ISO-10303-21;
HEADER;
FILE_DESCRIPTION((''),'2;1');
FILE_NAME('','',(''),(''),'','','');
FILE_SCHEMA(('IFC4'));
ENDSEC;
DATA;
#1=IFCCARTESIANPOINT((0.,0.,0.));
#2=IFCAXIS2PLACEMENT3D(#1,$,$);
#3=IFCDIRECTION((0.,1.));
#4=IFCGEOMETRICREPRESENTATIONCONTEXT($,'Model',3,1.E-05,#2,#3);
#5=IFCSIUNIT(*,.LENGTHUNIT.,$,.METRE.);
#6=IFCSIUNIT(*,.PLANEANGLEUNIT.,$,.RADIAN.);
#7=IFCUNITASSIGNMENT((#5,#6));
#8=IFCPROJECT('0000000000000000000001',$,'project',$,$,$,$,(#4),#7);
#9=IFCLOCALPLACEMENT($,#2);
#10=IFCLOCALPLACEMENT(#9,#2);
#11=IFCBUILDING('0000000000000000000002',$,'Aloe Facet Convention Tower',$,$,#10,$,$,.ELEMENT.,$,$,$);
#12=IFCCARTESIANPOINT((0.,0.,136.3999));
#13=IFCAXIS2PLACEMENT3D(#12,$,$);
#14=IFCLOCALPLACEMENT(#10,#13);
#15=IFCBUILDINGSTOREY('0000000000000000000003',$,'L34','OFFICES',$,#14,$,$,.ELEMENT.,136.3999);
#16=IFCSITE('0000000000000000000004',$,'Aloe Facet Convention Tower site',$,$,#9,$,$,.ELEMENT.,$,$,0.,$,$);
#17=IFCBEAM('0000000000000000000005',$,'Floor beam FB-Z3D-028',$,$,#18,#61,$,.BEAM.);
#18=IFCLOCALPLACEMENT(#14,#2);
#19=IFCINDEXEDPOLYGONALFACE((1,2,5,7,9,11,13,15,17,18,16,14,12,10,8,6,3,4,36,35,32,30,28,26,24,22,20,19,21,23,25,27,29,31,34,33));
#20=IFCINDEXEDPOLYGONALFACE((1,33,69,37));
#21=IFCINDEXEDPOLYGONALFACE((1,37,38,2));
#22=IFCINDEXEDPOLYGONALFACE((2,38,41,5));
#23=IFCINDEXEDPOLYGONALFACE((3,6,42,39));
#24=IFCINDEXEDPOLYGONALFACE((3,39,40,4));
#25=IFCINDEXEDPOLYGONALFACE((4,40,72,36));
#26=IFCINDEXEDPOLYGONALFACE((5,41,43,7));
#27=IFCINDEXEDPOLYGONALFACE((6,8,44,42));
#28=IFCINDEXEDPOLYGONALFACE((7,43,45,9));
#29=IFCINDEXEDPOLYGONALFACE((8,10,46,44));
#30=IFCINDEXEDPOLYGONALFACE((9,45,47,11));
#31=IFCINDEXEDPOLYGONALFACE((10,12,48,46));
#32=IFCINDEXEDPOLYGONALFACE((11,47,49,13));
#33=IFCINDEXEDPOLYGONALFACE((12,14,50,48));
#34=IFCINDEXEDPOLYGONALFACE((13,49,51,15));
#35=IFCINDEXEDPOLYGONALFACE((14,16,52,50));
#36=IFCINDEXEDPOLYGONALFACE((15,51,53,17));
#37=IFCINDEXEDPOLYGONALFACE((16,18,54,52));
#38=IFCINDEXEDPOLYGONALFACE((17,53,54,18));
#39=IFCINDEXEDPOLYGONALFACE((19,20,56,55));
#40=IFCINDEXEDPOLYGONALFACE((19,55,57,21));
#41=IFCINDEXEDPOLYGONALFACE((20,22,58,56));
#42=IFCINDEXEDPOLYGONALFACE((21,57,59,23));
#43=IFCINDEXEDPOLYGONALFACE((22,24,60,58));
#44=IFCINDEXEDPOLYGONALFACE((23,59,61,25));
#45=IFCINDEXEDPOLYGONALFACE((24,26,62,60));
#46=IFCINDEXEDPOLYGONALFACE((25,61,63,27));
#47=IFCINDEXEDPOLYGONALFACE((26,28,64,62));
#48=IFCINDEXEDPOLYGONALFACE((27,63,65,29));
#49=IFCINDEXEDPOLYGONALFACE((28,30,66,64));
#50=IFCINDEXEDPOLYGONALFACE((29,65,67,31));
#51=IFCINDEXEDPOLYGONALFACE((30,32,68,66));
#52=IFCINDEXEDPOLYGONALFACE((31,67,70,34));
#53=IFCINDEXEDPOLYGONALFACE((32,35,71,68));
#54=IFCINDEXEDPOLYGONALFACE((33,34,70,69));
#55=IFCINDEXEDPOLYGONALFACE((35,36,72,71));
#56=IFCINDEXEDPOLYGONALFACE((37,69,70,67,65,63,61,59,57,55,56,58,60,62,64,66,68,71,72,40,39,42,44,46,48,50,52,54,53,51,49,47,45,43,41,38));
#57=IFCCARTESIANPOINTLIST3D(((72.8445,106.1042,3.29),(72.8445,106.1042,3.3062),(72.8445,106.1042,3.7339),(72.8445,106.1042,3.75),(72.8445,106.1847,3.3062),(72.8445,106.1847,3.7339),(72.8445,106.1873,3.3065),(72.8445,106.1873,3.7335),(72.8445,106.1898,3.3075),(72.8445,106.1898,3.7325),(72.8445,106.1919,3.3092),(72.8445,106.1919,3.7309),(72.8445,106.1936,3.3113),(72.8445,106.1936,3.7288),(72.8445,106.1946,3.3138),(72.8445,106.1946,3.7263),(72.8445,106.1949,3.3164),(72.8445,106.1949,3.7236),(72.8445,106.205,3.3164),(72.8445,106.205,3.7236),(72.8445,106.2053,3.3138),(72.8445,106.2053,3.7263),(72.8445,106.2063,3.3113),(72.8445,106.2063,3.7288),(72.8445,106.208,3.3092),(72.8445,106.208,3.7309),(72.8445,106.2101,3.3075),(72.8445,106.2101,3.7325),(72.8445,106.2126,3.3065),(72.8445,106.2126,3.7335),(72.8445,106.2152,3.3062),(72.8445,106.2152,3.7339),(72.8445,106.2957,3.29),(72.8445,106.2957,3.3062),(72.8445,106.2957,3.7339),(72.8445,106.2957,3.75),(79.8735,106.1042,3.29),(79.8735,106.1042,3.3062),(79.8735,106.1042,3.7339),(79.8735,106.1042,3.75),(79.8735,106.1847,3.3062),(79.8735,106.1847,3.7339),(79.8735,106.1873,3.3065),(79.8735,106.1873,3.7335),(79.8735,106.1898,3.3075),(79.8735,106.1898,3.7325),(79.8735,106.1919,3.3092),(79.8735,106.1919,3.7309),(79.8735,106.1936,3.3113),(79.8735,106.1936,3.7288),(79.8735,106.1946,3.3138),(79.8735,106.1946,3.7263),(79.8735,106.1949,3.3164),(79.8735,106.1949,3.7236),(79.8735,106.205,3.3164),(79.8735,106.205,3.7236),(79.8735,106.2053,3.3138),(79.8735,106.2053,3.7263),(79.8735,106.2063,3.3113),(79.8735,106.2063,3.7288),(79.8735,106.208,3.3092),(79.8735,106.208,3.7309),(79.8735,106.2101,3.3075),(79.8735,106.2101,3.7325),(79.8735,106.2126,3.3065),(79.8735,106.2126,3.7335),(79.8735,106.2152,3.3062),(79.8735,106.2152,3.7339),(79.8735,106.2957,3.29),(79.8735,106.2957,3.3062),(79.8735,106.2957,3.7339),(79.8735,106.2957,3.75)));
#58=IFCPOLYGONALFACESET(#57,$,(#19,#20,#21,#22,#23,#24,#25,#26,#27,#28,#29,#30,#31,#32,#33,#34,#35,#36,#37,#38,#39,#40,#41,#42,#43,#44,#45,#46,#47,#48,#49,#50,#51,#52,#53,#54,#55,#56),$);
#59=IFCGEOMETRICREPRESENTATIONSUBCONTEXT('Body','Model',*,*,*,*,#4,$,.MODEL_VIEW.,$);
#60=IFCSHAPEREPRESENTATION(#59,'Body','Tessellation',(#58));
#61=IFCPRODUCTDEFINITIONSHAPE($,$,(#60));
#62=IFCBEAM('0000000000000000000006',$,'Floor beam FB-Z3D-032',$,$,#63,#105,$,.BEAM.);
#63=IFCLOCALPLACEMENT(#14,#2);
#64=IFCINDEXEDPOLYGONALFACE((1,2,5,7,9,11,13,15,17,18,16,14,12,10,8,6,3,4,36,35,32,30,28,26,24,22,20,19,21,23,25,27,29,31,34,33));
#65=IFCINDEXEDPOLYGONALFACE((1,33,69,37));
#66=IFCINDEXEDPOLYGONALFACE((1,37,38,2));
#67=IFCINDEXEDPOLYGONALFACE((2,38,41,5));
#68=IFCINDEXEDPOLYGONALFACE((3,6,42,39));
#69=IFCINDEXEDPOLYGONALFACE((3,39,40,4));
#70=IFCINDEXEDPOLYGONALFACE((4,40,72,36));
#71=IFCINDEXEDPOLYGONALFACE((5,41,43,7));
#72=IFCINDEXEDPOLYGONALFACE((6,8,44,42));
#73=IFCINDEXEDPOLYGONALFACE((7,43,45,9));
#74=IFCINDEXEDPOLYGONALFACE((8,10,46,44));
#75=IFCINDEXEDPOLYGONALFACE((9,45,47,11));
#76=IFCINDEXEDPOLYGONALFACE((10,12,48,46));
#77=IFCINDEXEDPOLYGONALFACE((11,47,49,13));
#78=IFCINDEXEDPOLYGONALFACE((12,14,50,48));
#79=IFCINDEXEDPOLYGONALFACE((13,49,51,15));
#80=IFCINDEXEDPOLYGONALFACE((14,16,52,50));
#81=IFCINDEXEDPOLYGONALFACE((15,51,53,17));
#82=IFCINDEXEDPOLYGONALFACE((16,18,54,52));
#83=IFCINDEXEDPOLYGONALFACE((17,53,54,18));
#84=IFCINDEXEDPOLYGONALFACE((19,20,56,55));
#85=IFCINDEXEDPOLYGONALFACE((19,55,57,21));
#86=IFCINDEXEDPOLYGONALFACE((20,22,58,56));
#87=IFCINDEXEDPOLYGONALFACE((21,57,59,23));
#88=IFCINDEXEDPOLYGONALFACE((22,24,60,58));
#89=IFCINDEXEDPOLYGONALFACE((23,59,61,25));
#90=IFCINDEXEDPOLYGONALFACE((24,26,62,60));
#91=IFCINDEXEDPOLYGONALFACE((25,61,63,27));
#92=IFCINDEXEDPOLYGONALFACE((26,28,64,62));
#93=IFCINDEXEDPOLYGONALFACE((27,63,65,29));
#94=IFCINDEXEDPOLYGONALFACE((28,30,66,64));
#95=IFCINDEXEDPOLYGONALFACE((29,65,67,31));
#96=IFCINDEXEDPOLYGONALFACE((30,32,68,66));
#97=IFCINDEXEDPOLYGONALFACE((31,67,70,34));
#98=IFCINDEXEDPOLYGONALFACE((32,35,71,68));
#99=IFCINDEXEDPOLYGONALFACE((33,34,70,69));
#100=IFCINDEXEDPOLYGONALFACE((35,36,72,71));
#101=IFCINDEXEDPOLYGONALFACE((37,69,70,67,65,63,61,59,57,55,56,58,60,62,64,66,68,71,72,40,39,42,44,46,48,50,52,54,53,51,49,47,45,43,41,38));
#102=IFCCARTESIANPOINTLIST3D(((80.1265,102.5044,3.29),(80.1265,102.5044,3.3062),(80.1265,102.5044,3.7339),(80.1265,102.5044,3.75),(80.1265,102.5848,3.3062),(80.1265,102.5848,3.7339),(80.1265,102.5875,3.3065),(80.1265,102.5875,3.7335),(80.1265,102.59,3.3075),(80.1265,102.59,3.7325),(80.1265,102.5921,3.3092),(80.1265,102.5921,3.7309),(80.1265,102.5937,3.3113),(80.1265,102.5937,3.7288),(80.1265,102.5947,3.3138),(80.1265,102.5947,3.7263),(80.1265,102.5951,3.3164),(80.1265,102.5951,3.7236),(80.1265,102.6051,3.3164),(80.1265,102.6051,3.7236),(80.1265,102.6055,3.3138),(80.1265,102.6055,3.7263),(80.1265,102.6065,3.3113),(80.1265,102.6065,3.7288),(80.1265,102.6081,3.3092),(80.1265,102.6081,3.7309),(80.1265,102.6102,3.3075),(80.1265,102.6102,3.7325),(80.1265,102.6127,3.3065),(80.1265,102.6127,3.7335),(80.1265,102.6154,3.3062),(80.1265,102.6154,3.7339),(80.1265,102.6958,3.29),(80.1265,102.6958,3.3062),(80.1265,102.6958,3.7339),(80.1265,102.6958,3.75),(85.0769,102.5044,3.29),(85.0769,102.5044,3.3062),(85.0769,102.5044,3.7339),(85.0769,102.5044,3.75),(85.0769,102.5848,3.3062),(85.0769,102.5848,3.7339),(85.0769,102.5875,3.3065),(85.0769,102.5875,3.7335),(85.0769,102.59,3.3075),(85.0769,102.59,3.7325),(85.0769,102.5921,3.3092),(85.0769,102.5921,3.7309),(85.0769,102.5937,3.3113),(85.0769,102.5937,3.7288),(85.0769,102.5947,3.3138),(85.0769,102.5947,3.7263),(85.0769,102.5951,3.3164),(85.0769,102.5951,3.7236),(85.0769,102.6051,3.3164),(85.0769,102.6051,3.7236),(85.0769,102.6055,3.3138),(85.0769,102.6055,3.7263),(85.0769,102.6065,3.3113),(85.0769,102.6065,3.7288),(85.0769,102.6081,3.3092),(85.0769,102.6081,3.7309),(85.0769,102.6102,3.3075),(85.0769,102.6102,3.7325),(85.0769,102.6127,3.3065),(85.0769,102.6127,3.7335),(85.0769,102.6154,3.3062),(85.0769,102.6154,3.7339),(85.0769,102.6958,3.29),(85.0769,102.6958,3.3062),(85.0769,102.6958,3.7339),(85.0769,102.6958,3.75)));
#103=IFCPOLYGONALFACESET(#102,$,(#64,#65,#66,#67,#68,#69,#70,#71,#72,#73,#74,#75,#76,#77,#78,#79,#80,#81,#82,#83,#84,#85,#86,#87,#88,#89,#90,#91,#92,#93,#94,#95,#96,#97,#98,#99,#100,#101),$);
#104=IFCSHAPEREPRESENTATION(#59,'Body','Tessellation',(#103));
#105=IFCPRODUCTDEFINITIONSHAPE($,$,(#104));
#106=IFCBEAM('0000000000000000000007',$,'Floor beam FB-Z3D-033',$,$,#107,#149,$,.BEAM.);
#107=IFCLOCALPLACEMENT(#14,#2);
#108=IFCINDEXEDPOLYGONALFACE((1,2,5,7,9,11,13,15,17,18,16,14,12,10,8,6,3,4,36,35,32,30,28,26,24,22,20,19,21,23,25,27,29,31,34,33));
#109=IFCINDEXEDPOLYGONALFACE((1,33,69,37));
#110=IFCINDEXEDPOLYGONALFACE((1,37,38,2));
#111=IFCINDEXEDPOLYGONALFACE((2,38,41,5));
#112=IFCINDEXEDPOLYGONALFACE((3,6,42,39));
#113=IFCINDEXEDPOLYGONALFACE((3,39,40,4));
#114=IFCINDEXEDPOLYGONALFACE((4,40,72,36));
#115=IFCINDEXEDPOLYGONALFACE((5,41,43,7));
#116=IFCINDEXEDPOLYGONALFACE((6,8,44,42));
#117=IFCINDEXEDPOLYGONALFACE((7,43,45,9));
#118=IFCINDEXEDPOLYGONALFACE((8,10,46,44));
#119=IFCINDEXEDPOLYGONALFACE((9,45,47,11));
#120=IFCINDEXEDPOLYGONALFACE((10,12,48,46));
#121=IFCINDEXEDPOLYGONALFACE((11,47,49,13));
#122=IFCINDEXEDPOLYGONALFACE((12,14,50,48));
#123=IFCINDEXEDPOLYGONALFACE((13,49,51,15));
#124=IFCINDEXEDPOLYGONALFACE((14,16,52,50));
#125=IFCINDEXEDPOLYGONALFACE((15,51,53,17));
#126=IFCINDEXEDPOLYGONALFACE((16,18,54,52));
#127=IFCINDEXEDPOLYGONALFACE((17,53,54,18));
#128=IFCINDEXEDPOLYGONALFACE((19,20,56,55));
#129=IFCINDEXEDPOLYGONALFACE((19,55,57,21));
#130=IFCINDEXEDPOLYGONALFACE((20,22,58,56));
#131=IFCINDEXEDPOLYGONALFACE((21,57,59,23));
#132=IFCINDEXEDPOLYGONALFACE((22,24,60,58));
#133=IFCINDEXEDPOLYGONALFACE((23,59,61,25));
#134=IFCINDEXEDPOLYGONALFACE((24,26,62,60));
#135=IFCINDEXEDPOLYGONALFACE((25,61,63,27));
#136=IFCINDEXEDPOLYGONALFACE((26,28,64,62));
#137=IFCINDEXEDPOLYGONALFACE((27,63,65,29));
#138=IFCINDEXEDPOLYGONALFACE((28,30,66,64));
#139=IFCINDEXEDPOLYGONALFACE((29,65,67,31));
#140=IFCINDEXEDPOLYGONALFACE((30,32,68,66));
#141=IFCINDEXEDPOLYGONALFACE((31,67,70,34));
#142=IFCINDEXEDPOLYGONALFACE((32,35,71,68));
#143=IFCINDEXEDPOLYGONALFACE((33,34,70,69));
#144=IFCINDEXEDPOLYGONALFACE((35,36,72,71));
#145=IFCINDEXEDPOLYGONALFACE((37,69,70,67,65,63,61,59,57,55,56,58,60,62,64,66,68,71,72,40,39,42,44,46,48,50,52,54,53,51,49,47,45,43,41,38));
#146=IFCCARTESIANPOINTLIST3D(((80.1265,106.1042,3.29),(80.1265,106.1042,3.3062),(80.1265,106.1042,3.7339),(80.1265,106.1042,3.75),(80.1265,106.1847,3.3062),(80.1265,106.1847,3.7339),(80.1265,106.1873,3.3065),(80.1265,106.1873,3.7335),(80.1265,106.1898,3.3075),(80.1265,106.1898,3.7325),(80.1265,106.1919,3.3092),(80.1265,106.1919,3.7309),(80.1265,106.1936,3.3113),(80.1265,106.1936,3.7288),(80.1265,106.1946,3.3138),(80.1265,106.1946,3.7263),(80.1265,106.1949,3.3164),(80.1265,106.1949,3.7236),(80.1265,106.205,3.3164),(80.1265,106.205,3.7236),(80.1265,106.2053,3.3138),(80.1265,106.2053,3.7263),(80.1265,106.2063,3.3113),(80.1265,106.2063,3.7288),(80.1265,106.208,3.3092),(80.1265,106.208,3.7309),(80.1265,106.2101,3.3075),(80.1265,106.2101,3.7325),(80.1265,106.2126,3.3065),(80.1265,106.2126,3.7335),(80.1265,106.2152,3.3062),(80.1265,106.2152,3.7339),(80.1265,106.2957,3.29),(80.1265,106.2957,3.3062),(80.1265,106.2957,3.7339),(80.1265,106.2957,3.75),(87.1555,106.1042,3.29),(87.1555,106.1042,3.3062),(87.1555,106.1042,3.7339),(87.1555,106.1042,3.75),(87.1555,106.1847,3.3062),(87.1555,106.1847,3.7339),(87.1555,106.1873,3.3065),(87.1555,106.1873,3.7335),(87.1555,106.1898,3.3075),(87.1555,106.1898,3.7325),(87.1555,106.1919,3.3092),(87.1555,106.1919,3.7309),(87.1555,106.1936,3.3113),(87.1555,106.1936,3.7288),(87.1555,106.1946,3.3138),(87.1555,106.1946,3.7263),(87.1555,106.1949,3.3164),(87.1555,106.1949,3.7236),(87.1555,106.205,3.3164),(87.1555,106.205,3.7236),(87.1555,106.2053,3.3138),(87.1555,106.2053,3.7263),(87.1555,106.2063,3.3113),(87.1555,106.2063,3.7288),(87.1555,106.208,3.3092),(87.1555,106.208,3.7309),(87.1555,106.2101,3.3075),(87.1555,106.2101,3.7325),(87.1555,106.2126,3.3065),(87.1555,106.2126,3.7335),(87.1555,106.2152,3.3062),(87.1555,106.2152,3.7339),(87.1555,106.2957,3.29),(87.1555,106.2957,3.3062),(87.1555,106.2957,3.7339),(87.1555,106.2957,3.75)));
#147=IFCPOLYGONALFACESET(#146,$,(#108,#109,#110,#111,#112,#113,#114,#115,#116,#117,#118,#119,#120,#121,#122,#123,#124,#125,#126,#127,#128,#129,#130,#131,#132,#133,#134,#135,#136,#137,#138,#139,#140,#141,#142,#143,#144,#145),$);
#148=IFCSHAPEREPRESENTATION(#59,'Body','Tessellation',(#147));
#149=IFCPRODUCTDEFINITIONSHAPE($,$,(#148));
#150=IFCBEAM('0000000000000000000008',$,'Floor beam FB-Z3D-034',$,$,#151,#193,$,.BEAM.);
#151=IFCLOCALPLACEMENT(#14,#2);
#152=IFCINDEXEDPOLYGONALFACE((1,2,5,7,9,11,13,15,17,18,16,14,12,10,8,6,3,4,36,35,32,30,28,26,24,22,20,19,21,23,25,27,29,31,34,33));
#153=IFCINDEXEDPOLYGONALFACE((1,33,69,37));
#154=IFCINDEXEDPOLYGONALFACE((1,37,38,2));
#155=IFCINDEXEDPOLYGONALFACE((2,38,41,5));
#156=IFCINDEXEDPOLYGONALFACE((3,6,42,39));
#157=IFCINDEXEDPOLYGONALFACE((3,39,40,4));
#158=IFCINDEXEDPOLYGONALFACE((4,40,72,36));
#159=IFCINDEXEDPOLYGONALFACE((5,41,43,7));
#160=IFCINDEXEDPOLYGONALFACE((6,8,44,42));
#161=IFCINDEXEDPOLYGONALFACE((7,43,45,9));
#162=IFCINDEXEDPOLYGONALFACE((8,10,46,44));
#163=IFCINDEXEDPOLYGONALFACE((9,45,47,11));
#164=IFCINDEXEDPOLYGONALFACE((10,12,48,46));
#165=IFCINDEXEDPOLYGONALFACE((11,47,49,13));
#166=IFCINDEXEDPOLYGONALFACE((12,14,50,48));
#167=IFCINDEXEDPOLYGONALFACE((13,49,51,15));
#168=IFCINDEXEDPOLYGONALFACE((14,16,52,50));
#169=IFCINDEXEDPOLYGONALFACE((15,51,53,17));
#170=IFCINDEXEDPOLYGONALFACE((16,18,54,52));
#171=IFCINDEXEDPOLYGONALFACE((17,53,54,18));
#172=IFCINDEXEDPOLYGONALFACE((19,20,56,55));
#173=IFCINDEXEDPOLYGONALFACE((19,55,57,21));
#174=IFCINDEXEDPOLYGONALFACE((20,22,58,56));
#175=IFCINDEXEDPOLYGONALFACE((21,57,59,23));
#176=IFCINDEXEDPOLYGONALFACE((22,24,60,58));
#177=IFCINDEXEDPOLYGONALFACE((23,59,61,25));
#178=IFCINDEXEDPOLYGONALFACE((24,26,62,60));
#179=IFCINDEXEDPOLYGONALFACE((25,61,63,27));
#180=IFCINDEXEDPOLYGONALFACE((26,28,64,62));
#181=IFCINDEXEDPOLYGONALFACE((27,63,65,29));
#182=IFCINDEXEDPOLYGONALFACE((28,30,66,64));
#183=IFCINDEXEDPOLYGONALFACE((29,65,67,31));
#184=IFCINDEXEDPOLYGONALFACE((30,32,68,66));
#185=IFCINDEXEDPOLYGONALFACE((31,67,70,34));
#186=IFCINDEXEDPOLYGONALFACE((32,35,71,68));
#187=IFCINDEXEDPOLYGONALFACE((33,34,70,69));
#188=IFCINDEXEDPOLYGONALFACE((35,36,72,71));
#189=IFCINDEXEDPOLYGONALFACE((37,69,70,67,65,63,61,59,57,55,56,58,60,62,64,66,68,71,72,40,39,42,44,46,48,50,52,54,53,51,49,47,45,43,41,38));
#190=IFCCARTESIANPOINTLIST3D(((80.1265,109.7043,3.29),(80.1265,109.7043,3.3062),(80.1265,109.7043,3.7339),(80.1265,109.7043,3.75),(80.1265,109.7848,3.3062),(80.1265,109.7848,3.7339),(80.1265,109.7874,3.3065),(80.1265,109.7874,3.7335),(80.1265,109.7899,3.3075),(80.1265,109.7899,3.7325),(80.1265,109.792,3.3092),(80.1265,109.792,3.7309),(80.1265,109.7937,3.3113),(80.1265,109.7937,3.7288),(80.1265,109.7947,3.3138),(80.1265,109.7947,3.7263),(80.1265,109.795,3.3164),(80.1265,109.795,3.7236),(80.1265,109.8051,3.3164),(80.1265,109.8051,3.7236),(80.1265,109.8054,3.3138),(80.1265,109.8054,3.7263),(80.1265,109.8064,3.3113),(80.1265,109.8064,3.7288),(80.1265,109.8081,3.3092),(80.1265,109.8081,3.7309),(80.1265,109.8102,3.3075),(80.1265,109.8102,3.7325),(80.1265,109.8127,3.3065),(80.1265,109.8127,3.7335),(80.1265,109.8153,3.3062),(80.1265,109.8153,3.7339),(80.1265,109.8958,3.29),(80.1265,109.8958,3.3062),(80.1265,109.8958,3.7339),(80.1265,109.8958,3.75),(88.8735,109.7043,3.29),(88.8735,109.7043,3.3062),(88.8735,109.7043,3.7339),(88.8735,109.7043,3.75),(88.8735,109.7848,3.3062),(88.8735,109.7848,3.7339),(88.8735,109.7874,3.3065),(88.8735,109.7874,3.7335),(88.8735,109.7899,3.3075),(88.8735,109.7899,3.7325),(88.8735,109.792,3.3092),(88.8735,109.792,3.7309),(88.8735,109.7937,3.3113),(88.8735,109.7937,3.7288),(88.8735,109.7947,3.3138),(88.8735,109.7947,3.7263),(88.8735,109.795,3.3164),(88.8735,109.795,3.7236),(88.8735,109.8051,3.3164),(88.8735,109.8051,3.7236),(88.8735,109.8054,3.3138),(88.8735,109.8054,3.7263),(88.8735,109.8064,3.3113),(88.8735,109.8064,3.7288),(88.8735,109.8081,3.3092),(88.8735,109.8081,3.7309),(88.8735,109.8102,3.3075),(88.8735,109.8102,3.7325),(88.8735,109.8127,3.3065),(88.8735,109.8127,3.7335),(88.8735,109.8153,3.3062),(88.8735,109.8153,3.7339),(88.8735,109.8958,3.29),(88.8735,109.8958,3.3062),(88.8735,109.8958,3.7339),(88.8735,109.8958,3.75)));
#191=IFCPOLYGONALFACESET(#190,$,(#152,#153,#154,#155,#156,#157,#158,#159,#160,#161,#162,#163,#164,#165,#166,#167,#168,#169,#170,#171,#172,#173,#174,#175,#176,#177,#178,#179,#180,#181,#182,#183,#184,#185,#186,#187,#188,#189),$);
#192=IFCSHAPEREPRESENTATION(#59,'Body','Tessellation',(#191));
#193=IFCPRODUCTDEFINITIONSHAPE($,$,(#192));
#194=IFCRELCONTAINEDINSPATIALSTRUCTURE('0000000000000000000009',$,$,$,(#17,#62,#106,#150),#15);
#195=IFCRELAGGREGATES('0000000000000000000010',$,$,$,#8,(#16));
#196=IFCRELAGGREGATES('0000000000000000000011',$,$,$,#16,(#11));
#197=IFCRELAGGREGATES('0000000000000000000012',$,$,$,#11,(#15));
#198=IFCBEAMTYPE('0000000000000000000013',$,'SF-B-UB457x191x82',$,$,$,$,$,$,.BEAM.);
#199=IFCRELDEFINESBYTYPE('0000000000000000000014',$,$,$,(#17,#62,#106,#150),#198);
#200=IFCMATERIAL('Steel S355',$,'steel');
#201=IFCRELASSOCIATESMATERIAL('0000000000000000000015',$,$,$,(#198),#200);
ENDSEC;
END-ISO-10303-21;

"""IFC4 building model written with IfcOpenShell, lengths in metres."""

from ifc_helpers import new_model, si_unit, direction, frame, origin, origin_2d, place, context, subcontext, project, spatial, i_section, extrude, material, material_profile, profile_set, type_object, element, save


model = new_model("IFC4")

# Units and contexts
model_context = context("Model", 3, precision=1e-05, world=origin(), true_north=direction((0.0, 1.0)))
body_context = subcontext(model_context, "Body", "Model", "MODEL_VIEW")
ifc_project = project(units=[si_unit("LENGTHUNIT", "METRE"), si_unit("PLANEANGLEUNIT", "RADIAN")], contexts=[model_context])

# Site, building, storey
site_placement = place(None, origin())
site = spatial("IfcSite", under=ifc_project, at=site_placement, Name="Aloe Facet Convention Tower site", CompositionType="ELEMENT", RefElevation=0.0)
building_placement = place(site_placement, origin())
building = spatial("IfcBuilding", under=site, at=building_placement, Name="Aloe Facet Convention Tower", CompositionType="ELEMENT")
storey_placement = place(building_placement, frame((0.0, 0.0, 136.3999)))
storey = spatial("IfcBuildingStorey", under=building, at=storey_placement, Name="L34", Description="OFFICES", CompositionType="ELEMENT", Elevation=136.3999)

# Beams
ifc_material_1 = material(Name="Steel S355", Category="steel")
ifc_material_profile_1 = material_profile(ifc_material_1, i_section(OverallWidth=0.1914, OverallDepth=0.46, WebThickness=0.01, FlangeThickness=0.0161, FilletRadius=0.0103, at=origin_2d()), Name="UB 457x191x82")
ifc_profile_set_1 = profile_set([ifc_material_profile_1], Name="Steel S355")
beam_type_1 = type_object("IfcBeamType", Name="SF-B-UB457x191x82", PredefinedType="BEAM", material=ifc_profile_set_1)
beam_1_placement = place(storey_placement, frame((72.8445, 106.2, 3.52), z_axis=(1.0, 0.0, 0.0), x_axis=(0.0, 1.0, 0.0)))
element("IfcBeam", 1, at=beam_1_placement, inside=storey, type_object=beam_type_1, Name="Floor beam FB-Z3D-028", PredefinedType="BEAM", context=body_context, shape_type="SweptSolid", body=[
    extrude(i_section(OverallWidth=0.1914, OverallDepth=0.46, WebThickness=0.01, FlangeThickness=0.0161, FilletRadius=0.0103, at=origin_2d()), origin(), (0.0, 0.0, 1.0), 7.0291),
])
beam_2_placement = place(storey_placement, frame((80.1265, 102.6001, 3.52), z_axis=(1.0, 0.0, 0.0), x_axis=(0.0, 1.0, 0.0)))
element("IfcBeam", 2, at=beam_2_placement, inside=storey, type_object=beam_type_1, Name="Floor beam FB-Z3D-032", PredefinedType="BEAM", context=body_context, shape_type="SweptSolid", body=[
    extrude(i_section(OverallWidth=0.1914, OverallDepth=0.46, WebThickness=0.01, FlangeThickness=0.0161, FilletRadius=0.0103, at=origin_2d()), origin(), (0.0, 0.0, 1.0), 4.9504),
])
beam_3_placement = place(storey_placement, frame((80.1265, 106.2, 3.52), z_axis=(1.0, 0.0, 0.0), x_axis=(0.0, 1.0, 0.0)))
element("IfcBeam", 3, at=beam_3_placement, inside=storey, type_object=beam_type_1, Name="Floor beam FB-Z3D-033", PredefinedType="BEAM", context=body_context, shape_type="SweptSolid", body=[
    extrude(i_section(OverallWidth=0.1914, OverallDepth=0.46, WebThickness=0.01, FlangeThickness=0.0161, FilletRadius=0.0103, at=origin_2d()), origin(), (0.0, 0.0, 1.0), 7.0291),
])
for number, where, z_axis, x_axis, name in (
    (4, (80.1265, 109.8, 3.52), (1.0, 0.0, 0.0), (0.0, 1.0, 0.0), "Floor beam FB-Z3D-034"),
):
    element("IfcBeam", number, at=place(storey_placement, frame(where, z_axis=z_axis, x_axis=x_axis)), inside=storey, type_object=beam_type_1, Name=name, PredefinedType="BEAM", context=body_context, shape_type="SweptSolid", body=[
        extrude(i_section(OverallWidth=0.1914, OverallDepth=0.46, WebThickness=0.01, FlangeThickness=0.0161, FilletRadius=0.0103, at=origin_2d()), origin(), (0.0, 0.0, 1.0), 8.7471),
    ])

save(model, "model.ifc")
